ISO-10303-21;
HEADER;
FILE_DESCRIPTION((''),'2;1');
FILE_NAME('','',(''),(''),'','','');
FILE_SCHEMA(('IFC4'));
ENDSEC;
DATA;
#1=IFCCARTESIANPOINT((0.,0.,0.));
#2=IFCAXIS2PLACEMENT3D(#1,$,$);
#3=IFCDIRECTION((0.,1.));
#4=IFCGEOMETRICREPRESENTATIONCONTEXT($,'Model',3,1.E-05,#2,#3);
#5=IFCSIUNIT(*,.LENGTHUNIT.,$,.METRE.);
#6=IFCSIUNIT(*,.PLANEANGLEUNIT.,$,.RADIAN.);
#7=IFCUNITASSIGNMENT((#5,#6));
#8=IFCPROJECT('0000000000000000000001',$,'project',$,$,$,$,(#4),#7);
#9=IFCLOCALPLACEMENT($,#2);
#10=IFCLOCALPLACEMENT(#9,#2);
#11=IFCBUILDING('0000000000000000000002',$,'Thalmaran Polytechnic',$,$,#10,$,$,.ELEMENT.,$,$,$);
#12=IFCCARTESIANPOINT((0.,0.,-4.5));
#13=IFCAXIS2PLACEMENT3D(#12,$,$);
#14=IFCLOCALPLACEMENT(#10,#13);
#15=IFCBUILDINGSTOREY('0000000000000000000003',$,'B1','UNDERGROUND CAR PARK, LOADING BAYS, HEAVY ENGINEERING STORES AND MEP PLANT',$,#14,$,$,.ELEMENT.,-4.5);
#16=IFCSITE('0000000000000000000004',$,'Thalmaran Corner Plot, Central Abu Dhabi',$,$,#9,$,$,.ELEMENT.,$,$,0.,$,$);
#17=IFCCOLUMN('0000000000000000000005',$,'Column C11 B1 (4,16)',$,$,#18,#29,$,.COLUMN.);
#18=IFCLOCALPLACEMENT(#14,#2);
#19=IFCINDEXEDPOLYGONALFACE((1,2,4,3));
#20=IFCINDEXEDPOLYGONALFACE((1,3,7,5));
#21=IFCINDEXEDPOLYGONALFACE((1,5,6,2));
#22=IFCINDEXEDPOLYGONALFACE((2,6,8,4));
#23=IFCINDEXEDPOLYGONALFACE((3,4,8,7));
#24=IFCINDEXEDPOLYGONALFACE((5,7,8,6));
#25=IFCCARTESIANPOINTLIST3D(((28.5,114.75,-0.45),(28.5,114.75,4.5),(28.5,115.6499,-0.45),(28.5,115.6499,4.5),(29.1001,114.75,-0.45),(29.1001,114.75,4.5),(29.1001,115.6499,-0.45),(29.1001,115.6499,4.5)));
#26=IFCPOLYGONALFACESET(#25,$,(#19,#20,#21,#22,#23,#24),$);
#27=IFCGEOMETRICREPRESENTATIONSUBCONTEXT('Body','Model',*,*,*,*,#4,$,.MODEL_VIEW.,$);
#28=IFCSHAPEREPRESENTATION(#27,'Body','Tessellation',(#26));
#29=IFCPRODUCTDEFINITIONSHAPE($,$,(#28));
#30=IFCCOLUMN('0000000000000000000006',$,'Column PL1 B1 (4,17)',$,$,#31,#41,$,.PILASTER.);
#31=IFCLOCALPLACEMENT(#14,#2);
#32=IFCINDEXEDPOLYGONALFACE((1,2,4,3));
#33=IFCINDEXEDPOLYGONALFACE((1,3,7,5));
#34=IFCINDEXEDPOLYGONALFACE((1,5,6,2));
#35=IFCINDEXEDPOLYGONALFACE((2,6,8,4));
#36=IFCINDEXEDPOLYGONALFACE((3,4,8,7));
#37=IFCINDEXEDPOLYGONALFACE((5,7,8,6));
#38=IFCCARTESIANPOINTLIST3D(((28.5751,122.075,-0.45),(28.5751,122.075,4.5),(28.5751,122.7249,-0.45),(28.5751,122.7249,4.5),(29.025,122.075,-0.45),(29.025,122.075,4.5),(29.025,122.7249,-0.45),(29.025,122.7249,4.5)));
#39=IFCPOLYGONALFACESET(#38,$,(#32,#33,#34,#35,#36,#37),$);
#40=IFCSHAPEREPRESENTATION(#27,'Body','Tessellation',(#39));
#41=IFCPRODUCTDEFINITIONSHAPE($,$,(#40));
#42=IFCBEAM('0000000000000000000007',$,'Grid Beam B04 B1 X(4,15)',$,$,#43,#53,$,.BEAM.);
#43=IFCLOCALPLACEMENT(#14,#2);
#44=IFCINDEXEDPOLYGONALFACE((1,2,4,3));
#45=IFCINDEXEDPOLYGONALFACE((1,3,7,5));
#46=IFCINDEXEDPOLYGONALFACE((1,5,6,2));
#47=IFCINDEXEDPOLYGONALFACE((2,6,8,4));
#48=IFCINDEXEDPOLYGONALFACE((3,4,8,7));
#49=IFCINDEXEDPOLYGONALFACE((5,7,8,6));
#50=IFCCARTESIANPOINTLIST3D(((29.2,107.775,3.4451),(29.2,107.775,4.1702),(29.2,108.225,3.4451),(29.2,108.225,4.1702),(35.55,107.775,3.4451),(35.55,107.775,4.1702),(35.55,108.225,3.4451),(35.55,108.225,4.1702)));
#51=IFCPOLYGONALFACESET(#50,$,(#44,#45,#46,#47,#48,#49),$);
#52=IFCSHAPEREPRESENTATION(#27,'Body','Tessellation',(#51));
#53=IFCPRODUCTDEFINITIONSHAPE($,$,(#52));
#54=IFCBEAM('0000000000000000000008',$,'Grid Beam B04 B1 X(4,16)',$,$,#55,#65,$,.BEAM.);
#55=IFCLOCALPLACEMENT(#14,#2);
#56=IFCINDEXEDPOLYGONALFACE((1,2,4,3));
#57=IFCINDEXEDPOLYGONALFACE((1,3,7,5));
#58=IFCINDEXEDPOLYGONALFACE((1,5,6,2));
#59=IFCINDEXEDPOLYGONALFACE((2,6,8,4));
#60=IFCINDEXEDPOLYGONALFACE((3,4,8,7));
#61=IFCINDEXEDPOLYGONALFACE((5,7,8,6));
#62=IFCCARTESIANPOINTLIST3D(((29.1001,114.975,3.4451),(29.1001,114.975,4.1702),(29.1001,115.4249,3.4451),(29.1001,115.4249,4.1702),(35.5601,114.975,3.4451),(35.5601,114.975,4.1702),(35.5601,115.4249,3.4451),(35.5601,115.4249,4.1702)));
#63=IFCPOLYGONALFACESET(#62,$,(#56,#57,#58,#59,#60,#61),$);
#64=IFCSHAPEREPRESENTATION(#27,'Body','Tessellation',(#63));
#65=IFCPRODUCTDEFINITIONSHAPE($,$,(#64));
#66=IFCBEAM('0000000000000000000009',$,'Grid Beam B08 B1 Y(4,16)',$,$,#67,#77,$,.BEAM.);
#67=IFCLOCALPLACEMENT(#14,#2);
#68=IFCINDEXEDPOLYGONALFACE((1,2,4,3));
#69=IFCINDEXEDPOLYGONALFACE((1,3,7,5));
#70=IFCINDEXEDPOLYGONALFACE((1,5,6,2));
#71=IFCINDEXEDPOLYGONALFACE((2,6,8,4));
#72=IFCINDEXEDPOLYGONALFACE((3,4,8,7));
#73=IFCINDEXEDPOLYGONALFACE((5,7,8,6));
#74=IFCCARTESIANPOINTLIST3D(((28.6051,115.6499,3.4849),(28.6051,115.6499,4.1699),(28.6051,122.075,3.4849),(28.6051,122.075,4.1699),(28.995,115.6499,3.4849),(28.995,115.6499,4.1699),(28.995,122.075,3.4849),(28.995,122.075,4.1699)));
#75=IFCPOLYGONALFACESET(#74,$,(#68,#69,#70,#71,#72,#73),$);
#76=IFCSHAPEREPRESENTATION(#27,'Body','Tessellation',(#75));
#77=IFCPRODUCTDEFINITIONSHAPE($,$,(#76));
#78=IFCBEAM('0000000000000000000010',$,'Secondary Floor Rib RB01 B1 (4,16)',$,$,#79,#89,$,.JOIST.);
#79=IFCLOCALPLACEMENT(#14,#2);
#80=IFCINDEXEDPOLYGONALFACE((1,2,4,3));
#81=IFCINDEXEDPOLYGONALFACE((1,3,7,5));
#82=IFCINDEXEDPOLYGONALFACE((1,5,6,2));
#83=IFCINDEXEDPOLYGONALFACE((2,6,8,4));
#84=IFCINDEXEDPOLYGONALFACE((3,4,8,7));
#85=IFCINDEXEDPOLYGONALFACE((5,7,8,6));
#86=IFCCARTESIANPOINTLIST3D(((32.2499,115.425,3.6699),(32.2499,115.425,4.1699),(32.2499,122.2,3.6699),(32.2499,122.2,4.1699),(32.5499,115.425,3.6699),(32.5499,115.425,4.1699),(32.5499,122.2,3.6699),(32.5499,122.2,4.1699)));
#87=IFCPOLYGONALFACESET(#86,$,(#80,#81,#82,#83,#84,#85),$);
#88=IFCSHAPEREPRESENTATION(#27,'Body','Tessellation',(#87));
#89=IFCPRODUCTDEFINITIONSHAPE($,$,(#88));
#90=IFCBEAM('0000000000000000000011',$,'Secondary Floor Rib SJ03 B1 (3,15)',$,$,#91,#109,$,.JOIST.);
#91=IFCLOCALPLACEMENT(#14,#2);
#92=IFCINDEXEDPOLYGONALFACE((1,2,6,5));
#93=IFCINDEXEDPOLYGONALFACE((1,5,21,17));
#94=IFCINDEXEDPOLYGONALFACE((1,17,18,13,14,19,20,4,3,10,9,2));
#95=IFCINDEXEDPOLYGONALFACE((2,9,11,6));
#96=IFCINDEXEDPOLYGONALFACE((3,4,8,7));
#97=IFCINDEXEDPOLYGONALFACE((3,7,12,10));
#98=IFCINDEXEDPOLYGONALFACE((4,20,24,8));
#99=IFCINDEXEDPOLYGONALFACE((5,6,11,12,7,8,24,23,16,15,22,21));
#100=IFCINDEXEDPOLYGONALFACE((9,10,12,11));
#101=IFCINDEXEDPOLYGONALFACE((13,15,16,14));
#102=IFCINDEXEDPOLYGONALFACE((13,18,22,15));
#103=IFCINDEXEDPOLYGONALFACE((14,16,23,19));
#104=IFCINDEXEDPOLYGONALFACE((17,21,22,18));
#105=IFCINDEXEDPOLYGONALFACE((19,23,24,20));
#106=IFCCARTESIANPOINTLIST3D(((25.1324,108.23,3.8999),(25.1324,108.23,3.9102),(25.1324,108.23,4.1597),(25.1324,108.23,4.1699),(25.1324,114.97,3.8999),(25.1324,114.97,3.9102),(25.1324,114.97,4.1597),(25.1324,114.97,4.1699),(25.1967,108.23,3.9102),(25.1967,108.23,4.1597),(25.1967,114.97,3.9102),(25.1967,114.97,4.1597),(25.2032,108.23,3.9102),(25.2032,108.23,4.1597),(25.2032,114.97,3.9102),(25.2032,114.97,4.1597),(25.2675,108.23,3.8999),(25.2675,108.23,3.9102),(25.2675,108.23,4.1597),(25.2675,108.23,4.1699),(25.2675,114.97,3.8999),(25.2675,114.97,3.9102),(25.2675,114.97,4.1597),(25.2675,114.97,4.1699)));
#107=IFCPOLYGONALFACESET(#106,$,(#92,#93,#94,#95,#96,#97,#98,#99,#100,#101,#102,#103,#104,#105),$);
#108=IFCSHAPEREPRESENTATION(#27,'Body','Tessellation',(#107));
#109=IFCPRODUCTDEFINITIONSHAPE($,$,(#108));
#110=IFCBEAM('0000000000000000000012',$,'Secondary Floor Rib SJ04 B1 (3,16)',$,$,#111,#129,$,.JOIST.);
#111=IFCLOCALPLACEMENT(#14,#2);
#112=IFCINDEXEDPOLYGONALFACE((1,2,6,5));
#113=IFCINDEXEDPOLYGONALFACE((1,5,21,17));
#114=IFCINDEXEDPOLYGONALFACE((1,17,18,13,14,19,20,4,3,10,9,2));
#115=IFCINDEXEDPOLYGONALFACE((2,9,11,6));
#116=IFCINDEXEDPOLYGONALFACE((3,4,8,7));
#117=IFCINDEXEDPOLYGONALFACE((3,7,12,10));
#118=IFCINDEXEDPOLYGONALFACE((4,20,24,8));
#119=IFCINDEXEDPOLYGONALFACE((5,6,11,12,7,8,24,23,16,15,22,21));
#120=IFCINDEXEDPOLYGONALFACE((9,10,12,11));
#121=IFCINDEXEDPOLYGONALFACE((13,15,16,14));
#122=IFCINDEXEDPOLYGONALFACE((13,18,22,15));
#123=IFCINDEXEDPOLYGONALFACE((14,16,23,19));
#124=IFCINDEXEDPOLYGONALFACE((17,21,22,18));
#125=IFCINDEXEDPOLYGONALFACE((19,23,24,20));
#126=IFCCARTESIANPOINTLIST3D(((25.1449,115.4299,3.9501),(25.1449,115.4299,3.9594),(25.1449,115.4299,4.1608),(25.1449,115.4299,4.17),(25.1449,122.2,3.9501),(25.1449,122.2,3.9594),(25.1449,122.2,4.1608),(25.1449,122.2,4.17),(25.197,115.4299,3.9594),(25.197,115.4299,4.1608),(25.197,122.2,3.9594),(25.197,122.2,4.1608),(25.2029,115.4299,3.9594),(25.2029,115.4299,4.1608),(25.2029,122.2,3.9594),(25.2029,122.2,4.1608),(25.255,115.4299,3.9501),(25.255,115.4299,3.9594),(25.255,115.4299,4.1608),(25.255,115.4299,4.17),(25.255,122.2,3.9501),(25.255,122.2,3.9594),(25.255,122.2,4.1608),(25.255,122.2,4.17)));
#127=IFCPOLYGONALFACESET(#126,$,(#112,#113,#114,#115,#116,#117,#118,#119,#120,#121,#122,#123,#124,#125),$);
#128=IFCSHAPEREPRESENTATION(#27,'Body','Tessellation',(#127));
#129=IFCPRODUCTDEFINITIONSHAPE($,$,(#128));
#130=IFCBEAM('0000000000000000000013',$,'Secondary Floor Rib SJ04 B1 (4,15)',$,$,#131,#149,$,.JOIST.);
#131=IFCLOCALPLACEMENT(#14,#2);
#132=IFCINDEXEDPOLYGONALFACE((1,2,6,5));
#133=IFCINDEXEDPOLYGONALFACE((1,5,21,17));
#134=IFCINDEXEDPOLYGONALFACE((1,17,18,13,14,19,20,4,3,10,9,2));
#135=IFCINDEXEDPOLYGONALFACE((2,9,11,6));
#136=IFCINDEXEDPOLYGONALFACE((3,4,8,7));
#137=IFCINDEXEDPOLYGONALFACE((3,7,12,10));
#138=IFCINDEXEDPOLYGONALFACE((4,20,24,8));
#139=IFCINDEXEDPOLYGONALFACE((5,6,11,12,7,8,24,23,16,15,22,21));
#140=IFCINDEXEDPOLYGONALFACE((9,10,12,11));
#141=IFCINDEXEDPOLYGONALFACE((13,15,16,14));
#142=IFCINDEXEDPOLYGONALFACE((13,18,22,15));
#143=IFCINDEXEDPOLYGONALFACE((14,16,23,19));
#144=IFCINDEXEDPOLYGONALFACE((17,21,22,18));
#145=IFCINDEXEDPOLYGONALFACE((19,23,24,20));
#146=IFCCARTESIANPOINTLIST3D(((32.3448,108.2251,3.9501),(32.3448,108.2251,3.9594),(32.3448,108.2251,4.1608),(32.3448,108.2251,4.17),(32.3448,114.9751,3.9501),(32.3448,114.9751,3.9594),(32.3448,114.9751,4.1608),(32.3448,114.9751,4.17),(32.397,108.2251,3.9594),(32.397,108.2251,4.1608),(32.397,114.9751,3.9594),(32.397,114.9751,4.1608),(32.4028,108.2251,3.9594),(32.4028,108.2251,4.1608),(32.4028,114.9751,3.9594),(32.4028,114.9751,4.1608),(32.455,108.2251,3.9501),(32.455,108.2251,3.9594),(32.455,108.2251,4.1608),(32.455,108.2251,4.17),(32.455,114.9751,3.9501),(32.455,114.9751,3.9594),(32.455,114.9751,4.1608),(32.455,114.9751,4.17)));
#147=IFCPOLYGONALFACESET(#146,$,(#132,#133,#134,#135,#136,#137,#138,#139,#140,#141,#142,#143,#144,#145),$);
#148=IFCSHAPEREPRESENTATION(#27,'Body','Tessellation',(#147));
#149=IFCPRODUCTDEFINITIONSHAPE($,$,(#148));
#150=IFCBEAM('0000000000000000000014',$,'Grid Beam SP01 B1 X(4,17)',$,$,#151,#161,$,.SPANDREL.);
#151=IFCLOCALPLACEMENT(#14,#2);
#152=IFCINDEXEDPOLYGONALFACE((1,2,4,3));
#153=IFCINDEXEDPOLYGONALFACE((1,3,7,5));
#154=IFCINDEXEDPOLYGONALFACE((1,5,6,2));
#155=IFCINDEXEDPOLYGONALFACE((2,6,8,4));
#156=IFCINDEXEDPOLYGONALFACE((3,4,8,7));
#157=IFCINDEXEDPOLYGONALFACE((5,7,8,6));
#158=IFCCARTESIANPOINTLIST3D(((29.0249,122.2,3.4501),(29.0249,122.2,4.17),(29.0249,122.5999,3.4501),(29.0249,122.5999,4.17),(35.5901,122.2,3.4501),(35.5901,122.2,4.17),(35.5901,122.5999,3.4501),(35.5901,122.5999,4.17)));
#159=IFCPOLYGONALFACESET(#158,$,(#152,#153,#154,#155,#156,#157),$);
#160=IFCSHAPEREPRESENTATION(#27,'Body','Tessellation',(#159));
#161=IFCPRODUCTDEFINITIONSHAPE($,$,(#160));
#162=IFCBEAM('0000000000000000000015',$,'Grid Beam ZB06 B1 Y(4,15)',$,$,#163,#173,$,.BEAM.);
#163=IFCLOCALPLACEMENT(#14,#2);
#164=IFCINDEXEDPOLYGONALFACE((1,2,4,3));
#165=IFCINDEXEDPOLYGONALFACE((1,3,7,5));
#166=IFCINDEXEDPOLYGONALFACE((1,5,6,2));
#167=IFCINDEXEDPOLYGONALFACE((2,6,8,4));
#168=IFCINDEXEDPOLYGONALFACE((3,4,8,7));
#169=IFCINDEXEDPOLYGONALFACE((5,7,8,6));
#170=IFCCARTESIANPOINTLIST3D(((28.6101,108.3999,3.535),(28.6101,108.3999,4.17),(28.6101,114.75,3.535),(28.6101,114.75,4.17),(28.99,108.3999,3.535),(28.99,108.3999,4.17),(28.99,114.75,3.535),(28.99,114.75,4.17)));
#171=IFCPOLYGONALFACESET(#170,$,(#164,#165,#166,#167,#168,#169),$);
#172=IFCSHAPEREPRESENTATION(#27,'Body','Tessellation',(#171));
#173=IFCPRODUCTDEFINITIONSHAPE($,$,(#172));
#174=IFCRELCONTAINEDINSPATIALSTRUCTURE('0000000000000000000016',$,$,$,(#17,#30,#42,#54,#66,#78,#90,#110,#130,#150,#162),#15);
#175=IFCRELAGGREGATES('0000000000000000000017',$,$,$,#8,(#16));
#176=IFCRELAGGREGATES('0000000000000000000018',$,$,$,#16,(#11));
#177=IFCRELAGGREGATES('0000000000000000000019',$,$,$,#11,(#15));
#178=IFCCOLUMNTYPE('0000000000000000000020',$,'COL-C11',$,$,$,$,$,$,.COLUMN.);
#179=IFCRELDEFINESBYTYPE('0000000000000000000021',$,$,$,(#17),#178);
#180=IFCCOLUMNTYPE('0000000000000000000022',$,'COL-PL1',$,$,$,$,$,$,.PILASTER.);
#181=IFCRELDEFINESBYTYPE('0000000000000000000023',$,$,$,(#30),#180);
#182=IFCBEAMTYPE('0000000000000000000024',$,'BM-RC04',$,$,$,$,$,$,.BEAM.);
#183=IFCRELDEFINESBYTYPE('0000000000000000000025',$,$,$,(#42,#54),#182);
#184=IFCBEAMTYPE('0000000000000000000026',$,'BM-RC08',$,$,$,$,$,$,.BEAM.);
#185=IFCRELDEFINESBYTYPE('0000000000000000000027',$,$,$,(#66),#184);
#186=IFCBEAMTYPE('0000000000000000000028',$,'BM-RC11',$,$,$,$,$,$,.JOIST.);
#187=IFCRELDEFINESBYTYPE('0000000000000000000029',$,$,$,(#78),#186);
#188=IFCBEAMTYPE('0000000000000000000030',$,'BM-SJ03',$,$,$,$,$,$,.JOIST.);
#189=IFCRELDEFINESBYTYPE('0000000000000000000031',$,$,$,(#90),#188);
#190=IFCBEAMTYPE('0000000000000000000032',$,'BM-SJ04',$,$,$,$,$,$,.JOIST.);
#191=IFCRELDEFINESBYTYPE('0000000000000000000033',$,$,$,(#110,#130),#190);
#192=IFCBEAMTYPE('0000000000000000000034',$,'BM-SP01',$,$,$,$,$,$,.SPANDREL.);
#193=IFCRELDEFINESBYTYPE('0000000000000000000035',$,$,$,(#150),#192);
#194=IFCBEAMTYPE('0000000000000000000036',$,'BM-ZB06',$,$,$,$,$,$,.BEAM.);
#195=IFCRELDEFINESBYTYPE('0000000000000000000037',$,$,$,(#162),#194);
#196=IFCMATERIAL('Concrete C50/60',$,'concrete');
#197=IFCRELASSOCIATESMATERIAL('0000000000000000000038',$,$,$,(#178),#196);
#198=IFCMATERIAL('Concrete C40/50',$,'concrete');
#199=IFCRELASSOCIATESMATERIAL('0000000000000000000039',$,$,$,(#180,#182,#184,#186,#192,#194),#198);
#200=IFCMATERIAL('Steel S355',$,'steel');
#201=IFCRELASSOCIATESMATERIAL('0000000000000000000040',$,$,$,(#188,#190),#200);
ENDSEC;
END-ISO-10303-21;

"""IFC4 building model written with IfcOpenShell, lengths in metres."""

from ifc_helpers import new_model, si_unit, direction, frame, origin, origin_2d, place, context, subcontext, project, spatial, rectangle, i_section, extrude, material, material_profile, profile_set, type_object, element, save


model = new_model("IFC4")

# Units and contexts
model_context = context("Model", 3, precision=1e-05, world=origin(), true_north=direction((0.0, 1.0)))
body_context = subcontext(model_context, "Body", "Model", "MODEL_VIEW")
ifc_project = project(units=[si_unit("LENGTHUNIT", "METRE"), si_unit("PLANEANGLEUNIT", "RADIAN")], contexts=[model_context])

# Site, building, storey
site_placement = place(None, origin())
site = spatial("IfcSite", under=ifc_project, at=site_placement, Name="Thalmaran Corner Plot, Central Abu Dhabi", CompositionType="ELEMENT", RefElevation=0.0)
building_placement = place(site_placement, origin())
building = spatial("IfcBuilding", under=site, at=building_placement, Name="Thalmaran Polytechnic", CompositionType="ELEMENT")
storey_placement = place(building_placement, frame((0.0, 0.0, -4.5)))
storey = spatial("IfcBuildingStorey", under=building, at=storey_placement, Name="B1", Description="UNDERGROUND CAR PARK, LOADING BAYS, HEAVY ENGINEERING STORES AND MEP PLANT", CompositionType="ELEMENT", Elevation=-4.5)

# Shared definitions
ifc_material_1 = material(Name="Concrete C40/50", Category="concrete")

# Columns
ifc_material_2 = material(Name="Concrete C50/60", Category="concrete")
ifc_material_profile_1 = material_profile(ifc_material_2, rectangle(XDim=0.6001, YDim=0.8999, at=origin_2d()), Name="RC 600x900")
ifc_profile_set_1 = profile_set([ifc_material_profile_1], Name="Concrete C50/60")
column_type_1 = type_object("IfcColumnType", Name="COL-C11", PredefinedType="COLUMN", material=ifc_profile_set_1)
column_1_placement = place(storey_placement, frame((28.8, 115.2, -0.45), z_axis=(0.0, 0.0, 1.0), x_axis=(1.0, 0.0, 0.0)))
element("IfcColumn", 1, at=column_1_placement, inside=storey, type_object=column_type_1, Name="Column C11 B1 (4,16)", PredefinedType="COLUMN", context=body_context, shape_type="SweptSolid", body=[
    extrude(rectangle(XDim=0.6001, YDim=0.8999, at=origin_2d()), origin(), (0.0, 0.0, 1.0), 4.95),
])
ifc_material_profile_2 = material_profile(ifc_material_1, rectangle(XDim=0.45, YDim=0.6499, at=origin_2d()), Name="RC 450x650")
ifc_profile_set_2 = profile_set([ifc_material_profile_2], Name="Concrete C40/50")
column_type_2 = type_object("IfcColumnType", Name="COL-PL1", PredefinedType="PILASTER", material=ifc_profile_set_2)
column_2_placement = place(storey_placement, frame((28.8, 122.3999, -0.45), z_axis=(0.0, 0.0, 1.0), x_axis=(1.0, 0.0, 0.0)))
element("IfcColumn", 2, at=column_2_placement, inside=storey, type_object=column_type_2, Name="Column PL1 B1 (4,17)", PredefinedType="PILASTER", context=body_context, shape_type="SweptSolid", body=[
    extrude(rectangle(XDim=0.45, YDim=0.6499, at=origin_2d()), origin(), (0.0, 0.0, 1.0), 4.95),
])

# Beams
ifc_material_profile_3 = material_profile(ifc_material_1, rectangle(XDim=0.45, YDim=0.7251, at=origin_2d()), Name="RC 450x725")
ifc_profile_set_3 = profile_set([ifc_material_profile_3], Name="Concrete C40/50")
beam_type_1 = type_object("IfcBeamType", Name="BM-RC04", PredefinedType="BEAM", material=ifc_profile_set_3)
beam_1_placement = place(storey_placement, frame((29.2, 108.0, 3.8076), z_axis=(1.0, 0.0, 0.0), x_axis=(0.0, 1.0, 0.0)))
element("IfcBeam", 3, at=beam_1_placement, inside=storey, type_object=beam_type_1, Name="Grid Beam B04 B1 X(4,15)", PredefinedType="BEAM", context=body_context, shape_type="SweptSolid", body=[
    extrude(rectangle(XDim=0.45, YDim=0.7251, at=origin_2d()), origin(), (0.0, 0.0, 1.0), 6.3501),
])
beam_2_placement = place(storey_placement, frame((29.1001, 115.2, 3.8076), z_axis=(1.0, 0.0, 0.0), x_axis=(0.0, 1.0, 0.0)))
element("IfcBeam", 4, at=beam_2_placement, inside=storey, type_object=beam_type_1, Name="Grid Beam B04 B1 X(4,16)", PredefinedType="BEAM", context=body_context, shape_type="SweptSolid", body=[
    extrude(rectangle(XDim=0.45, YDim=0.7251, at=origin_2d()), origin(), (0.0, 0.0, 1.0), 6.46),
])
ifc_material_profile_4 = material_profile(ifc_material_1, rectangle(XDim=0.3899, YDim=0.6851, at=origin_2d()), Name="RC 390x685")
ifc_profile_set_4 = profile_set([ifc_material_profile_4], Name="Concrete C40/50")
beam_type_2 = type_object("IfcBeamType", Name="BM-RC08", PredefinedType="BEAM", material=ifc_profile_set_4)
beam_3_placement = place(storey_placement, frame((28.8, 115.6499, 3.8274), z_axis=(0.0, 1.0, 0.0), x_axis=(-1.0, 0.0, 0.0)))
element("IfcBeam", 5, at=beam_3_placement, inside=storey, type_object=beam_type_2, Name="Grid Beam B08 B1 Y(4,16)", PredefinedType="BEAM", context=body_context, shape_type="SweptSolid", body=[
    extrude(rectangle(XDim=0.3899, YDim=0.6851, at=origin_2d()), origin(), (0.0, 0.0, 1.0), 6.425),
])
ifc_material_profile_5 = material_profile(ifc_material_1, rectangle(XDim=0.3, YDim=0.5, at=origin_2d()), Name="RC 300x500")
ifc_profile_set_5 = profile_set([ifc_material_profile_5], Name="Concrete C40/50")
beam_type_3 = type_object("IfcBeamType", Name="BM-RC11", PredefinedType="JOIST", material=ifc_profile_set_5)
beam_4_placement = place(storey_placement, frame((32.3999, 115.425, 3.9199), z_axis=(0.0, 1.0, 0.0), x_axis=(-1.0, 0.0, 0.0)))
element("IfcBeam", 6, at=beam_4_placement, inside=storey, type_object=beam_type_3, Name="Secondary Floor Rib RB01 B1 (4,16)", PredefinedType="JOIST", context=body_context, shape_type="SweptSolid", body=[
    extrude(rectangle(XDim=0.3, YDim=0.5, at=origin_2d()), origin(), (0.0, 0.0, 1.0), 6.7749),
])
ifc_material_3 = material(Name="Steel S355", Category="steel")
ifc_material_profile_6 = material_profile(ifc_material_3, i_section(OverallWidth=0.135, OverallDepth=0.27, WebThickness=0.0066, FlangeThickness=0.0103, at=origin_2d()), Name="IPE 270")
ifc_profile_set_6 = profile_set([ifc_material_profile_6], Name="Steel S355")
beam_type_4 = type_object("IfcBeamType", Name="BM-SJ03", PredefinedType="JOIST", material=ifc_profile_set_6)
beam_5_placement = place(storey_placement, frame((25.2, 108.23, 4.0349), z_axis=(0.0, 1.0, 0.0), x_axis=(-1.0, 0.0, 0.0)))
element("IfcBeam", 7, at=beam_5_placement, inside=storey, type_object=beam_type_4, Name="Secondary Floor Rib SJ03 B1 (3,15)", PredefinedType="JOIST", context=body_context, shape_type="SweptSolid", body=[
    extrude(i_section(OverallWidth=0.135, OverallDepth=0.27, WebThickness=0.0066, FlangeThickness=0.0103, at=origin_2d()), origin(), (0.0, 0.0, 1.0), 6.74),
])
ifc_material_profile_7 = material_profile(ifc_material_3, i_section(OverallWidth=0.1101, OverallDepth=0.22, WebThickness=0.0059, FlangeThickness=0.0093, at=origin_2d()), Name="IPE 220")
ifc_profile_set_7 = profile_set([ifc_material_profile_7], Name="Steel S355")
beam_type_5 = type_object("IfcBeamType", Name="BM-SJ04", PredefinedType="JOIST", material=ifc_profile_set_7)
beam_6_placement = place(storey_placement, frame((25.2, 115.4299, 4.0601), z_axis=(0.0, 1.0, 0.0), x_axis=(-1.0, 0.0, 0.0)))
element("IfcBeam", 8, at=beam_6_placement, inside=storey, type_object=beam_type_5, Name="Secondary Floor Rib SJ04 B1 (3,16)", PredefinedType="JOIST", context=body_context, shape_type="SweptSolid", body=[
    extrude(i_section(OverallWidth=0.1101, OverallDepth=0.22, WebThickness=0.0059, FlangeThickness=0.0093, at=origin_2d()), origin(), (0.0, 0.0, 1.0), 6.77),
])
beam_7_placement = place(storey_placement, frame((32.3999, 108.2251, 4.0601), z_axis=(0.0, 1.0, 0.0), x_axis=(-1.0, 0.0, 0.0)))
element("IfcBeam", 9, at=beam_7_placement, inside=storey, type_object=beam_type_5, Name="Secondary Floor Rib SJ04 B1 (4,15)", PredefinedType="JOIST", context=body_context, shape_type="SweptSolid", body=[
    extrude(i_section(OverallWidth=0.1101, OverallDepth=0.22, WebThickness=0.0059, FlangeThickness=0.0093, at=origin_2d()), origin(), (0.0, 0.0, 1.0), 6.75),
])
ifc_material_profile_8 = material_profile(ifc_material_1, rectangle(XDim=0.3999, YDim=0.72, at=origin_2d()), Name="RC 400x720")
ifc_profile_set_8 = profile_set([ifc_material_profile_8], Name="Concrete C40/50")
beam_type_6 = type_object("IfcBeamType", Name="BM-SP01", PredefinedType="SPANDREL", material=ifc_profile_set_8)
beam_8_placement = place(storey_placement, frame((29.0249, 122.3999, 3.8101), z_axis=(1.0, 0.0, 0.0), x_axis=(0.0, 1.0, 0.0)))
element("IfcBeam", 10, at=beam_8_placement, inside=storey, type_object=beam_type_6, Name="Grid Beam SP01 B1 X(4,17)", PredefinedType="SPANDREL", context=body_context, shape_type="SweptSolid", body=[
    extrude(rectangle(XDim=0.3999, YDim=0.72, at=origin_2d()), origin(), (0.0, 0.0, 1.0), 6.5652),
])
ifc_material_profile_9 = material_profile(ifc_material_1, rectangle(XDim=0.3799, YDim=0.635, at=origin_2d()), Name="RC 380x635")
ifc_profile_set_9 = profile_set([ifc_material_profile_9], Name="Concrete C40/50")
beam_type_7 = type_object("IfcBeamType", Name="BM-ZB06", PredefinedType="BEAM", material=ifc_profile_set_9)
beam_9_placement = place(storey_placement, frame((28.8, 108.3999, 3.8525), z_axis=(0.0, 1.0, 0.0), x_axis=(-1.0, 0.0, 0.0)))
element("IfcBeam", 11, at=beam_9_placement, inside=storey, type_object=beam_type_7, Name="Grid Beam ZB06 B1 Y(4,15)", PredefinedType="BEAM", context=body_context, shape_type="SweptSolid", body=[
    extrude(rectangle(XDim=0.3799, YDim=0.635, at=origin_2d()), origin(), (0.0, 0.0, 1.0), 6.3501),
])

save(model, "model.ifc")
